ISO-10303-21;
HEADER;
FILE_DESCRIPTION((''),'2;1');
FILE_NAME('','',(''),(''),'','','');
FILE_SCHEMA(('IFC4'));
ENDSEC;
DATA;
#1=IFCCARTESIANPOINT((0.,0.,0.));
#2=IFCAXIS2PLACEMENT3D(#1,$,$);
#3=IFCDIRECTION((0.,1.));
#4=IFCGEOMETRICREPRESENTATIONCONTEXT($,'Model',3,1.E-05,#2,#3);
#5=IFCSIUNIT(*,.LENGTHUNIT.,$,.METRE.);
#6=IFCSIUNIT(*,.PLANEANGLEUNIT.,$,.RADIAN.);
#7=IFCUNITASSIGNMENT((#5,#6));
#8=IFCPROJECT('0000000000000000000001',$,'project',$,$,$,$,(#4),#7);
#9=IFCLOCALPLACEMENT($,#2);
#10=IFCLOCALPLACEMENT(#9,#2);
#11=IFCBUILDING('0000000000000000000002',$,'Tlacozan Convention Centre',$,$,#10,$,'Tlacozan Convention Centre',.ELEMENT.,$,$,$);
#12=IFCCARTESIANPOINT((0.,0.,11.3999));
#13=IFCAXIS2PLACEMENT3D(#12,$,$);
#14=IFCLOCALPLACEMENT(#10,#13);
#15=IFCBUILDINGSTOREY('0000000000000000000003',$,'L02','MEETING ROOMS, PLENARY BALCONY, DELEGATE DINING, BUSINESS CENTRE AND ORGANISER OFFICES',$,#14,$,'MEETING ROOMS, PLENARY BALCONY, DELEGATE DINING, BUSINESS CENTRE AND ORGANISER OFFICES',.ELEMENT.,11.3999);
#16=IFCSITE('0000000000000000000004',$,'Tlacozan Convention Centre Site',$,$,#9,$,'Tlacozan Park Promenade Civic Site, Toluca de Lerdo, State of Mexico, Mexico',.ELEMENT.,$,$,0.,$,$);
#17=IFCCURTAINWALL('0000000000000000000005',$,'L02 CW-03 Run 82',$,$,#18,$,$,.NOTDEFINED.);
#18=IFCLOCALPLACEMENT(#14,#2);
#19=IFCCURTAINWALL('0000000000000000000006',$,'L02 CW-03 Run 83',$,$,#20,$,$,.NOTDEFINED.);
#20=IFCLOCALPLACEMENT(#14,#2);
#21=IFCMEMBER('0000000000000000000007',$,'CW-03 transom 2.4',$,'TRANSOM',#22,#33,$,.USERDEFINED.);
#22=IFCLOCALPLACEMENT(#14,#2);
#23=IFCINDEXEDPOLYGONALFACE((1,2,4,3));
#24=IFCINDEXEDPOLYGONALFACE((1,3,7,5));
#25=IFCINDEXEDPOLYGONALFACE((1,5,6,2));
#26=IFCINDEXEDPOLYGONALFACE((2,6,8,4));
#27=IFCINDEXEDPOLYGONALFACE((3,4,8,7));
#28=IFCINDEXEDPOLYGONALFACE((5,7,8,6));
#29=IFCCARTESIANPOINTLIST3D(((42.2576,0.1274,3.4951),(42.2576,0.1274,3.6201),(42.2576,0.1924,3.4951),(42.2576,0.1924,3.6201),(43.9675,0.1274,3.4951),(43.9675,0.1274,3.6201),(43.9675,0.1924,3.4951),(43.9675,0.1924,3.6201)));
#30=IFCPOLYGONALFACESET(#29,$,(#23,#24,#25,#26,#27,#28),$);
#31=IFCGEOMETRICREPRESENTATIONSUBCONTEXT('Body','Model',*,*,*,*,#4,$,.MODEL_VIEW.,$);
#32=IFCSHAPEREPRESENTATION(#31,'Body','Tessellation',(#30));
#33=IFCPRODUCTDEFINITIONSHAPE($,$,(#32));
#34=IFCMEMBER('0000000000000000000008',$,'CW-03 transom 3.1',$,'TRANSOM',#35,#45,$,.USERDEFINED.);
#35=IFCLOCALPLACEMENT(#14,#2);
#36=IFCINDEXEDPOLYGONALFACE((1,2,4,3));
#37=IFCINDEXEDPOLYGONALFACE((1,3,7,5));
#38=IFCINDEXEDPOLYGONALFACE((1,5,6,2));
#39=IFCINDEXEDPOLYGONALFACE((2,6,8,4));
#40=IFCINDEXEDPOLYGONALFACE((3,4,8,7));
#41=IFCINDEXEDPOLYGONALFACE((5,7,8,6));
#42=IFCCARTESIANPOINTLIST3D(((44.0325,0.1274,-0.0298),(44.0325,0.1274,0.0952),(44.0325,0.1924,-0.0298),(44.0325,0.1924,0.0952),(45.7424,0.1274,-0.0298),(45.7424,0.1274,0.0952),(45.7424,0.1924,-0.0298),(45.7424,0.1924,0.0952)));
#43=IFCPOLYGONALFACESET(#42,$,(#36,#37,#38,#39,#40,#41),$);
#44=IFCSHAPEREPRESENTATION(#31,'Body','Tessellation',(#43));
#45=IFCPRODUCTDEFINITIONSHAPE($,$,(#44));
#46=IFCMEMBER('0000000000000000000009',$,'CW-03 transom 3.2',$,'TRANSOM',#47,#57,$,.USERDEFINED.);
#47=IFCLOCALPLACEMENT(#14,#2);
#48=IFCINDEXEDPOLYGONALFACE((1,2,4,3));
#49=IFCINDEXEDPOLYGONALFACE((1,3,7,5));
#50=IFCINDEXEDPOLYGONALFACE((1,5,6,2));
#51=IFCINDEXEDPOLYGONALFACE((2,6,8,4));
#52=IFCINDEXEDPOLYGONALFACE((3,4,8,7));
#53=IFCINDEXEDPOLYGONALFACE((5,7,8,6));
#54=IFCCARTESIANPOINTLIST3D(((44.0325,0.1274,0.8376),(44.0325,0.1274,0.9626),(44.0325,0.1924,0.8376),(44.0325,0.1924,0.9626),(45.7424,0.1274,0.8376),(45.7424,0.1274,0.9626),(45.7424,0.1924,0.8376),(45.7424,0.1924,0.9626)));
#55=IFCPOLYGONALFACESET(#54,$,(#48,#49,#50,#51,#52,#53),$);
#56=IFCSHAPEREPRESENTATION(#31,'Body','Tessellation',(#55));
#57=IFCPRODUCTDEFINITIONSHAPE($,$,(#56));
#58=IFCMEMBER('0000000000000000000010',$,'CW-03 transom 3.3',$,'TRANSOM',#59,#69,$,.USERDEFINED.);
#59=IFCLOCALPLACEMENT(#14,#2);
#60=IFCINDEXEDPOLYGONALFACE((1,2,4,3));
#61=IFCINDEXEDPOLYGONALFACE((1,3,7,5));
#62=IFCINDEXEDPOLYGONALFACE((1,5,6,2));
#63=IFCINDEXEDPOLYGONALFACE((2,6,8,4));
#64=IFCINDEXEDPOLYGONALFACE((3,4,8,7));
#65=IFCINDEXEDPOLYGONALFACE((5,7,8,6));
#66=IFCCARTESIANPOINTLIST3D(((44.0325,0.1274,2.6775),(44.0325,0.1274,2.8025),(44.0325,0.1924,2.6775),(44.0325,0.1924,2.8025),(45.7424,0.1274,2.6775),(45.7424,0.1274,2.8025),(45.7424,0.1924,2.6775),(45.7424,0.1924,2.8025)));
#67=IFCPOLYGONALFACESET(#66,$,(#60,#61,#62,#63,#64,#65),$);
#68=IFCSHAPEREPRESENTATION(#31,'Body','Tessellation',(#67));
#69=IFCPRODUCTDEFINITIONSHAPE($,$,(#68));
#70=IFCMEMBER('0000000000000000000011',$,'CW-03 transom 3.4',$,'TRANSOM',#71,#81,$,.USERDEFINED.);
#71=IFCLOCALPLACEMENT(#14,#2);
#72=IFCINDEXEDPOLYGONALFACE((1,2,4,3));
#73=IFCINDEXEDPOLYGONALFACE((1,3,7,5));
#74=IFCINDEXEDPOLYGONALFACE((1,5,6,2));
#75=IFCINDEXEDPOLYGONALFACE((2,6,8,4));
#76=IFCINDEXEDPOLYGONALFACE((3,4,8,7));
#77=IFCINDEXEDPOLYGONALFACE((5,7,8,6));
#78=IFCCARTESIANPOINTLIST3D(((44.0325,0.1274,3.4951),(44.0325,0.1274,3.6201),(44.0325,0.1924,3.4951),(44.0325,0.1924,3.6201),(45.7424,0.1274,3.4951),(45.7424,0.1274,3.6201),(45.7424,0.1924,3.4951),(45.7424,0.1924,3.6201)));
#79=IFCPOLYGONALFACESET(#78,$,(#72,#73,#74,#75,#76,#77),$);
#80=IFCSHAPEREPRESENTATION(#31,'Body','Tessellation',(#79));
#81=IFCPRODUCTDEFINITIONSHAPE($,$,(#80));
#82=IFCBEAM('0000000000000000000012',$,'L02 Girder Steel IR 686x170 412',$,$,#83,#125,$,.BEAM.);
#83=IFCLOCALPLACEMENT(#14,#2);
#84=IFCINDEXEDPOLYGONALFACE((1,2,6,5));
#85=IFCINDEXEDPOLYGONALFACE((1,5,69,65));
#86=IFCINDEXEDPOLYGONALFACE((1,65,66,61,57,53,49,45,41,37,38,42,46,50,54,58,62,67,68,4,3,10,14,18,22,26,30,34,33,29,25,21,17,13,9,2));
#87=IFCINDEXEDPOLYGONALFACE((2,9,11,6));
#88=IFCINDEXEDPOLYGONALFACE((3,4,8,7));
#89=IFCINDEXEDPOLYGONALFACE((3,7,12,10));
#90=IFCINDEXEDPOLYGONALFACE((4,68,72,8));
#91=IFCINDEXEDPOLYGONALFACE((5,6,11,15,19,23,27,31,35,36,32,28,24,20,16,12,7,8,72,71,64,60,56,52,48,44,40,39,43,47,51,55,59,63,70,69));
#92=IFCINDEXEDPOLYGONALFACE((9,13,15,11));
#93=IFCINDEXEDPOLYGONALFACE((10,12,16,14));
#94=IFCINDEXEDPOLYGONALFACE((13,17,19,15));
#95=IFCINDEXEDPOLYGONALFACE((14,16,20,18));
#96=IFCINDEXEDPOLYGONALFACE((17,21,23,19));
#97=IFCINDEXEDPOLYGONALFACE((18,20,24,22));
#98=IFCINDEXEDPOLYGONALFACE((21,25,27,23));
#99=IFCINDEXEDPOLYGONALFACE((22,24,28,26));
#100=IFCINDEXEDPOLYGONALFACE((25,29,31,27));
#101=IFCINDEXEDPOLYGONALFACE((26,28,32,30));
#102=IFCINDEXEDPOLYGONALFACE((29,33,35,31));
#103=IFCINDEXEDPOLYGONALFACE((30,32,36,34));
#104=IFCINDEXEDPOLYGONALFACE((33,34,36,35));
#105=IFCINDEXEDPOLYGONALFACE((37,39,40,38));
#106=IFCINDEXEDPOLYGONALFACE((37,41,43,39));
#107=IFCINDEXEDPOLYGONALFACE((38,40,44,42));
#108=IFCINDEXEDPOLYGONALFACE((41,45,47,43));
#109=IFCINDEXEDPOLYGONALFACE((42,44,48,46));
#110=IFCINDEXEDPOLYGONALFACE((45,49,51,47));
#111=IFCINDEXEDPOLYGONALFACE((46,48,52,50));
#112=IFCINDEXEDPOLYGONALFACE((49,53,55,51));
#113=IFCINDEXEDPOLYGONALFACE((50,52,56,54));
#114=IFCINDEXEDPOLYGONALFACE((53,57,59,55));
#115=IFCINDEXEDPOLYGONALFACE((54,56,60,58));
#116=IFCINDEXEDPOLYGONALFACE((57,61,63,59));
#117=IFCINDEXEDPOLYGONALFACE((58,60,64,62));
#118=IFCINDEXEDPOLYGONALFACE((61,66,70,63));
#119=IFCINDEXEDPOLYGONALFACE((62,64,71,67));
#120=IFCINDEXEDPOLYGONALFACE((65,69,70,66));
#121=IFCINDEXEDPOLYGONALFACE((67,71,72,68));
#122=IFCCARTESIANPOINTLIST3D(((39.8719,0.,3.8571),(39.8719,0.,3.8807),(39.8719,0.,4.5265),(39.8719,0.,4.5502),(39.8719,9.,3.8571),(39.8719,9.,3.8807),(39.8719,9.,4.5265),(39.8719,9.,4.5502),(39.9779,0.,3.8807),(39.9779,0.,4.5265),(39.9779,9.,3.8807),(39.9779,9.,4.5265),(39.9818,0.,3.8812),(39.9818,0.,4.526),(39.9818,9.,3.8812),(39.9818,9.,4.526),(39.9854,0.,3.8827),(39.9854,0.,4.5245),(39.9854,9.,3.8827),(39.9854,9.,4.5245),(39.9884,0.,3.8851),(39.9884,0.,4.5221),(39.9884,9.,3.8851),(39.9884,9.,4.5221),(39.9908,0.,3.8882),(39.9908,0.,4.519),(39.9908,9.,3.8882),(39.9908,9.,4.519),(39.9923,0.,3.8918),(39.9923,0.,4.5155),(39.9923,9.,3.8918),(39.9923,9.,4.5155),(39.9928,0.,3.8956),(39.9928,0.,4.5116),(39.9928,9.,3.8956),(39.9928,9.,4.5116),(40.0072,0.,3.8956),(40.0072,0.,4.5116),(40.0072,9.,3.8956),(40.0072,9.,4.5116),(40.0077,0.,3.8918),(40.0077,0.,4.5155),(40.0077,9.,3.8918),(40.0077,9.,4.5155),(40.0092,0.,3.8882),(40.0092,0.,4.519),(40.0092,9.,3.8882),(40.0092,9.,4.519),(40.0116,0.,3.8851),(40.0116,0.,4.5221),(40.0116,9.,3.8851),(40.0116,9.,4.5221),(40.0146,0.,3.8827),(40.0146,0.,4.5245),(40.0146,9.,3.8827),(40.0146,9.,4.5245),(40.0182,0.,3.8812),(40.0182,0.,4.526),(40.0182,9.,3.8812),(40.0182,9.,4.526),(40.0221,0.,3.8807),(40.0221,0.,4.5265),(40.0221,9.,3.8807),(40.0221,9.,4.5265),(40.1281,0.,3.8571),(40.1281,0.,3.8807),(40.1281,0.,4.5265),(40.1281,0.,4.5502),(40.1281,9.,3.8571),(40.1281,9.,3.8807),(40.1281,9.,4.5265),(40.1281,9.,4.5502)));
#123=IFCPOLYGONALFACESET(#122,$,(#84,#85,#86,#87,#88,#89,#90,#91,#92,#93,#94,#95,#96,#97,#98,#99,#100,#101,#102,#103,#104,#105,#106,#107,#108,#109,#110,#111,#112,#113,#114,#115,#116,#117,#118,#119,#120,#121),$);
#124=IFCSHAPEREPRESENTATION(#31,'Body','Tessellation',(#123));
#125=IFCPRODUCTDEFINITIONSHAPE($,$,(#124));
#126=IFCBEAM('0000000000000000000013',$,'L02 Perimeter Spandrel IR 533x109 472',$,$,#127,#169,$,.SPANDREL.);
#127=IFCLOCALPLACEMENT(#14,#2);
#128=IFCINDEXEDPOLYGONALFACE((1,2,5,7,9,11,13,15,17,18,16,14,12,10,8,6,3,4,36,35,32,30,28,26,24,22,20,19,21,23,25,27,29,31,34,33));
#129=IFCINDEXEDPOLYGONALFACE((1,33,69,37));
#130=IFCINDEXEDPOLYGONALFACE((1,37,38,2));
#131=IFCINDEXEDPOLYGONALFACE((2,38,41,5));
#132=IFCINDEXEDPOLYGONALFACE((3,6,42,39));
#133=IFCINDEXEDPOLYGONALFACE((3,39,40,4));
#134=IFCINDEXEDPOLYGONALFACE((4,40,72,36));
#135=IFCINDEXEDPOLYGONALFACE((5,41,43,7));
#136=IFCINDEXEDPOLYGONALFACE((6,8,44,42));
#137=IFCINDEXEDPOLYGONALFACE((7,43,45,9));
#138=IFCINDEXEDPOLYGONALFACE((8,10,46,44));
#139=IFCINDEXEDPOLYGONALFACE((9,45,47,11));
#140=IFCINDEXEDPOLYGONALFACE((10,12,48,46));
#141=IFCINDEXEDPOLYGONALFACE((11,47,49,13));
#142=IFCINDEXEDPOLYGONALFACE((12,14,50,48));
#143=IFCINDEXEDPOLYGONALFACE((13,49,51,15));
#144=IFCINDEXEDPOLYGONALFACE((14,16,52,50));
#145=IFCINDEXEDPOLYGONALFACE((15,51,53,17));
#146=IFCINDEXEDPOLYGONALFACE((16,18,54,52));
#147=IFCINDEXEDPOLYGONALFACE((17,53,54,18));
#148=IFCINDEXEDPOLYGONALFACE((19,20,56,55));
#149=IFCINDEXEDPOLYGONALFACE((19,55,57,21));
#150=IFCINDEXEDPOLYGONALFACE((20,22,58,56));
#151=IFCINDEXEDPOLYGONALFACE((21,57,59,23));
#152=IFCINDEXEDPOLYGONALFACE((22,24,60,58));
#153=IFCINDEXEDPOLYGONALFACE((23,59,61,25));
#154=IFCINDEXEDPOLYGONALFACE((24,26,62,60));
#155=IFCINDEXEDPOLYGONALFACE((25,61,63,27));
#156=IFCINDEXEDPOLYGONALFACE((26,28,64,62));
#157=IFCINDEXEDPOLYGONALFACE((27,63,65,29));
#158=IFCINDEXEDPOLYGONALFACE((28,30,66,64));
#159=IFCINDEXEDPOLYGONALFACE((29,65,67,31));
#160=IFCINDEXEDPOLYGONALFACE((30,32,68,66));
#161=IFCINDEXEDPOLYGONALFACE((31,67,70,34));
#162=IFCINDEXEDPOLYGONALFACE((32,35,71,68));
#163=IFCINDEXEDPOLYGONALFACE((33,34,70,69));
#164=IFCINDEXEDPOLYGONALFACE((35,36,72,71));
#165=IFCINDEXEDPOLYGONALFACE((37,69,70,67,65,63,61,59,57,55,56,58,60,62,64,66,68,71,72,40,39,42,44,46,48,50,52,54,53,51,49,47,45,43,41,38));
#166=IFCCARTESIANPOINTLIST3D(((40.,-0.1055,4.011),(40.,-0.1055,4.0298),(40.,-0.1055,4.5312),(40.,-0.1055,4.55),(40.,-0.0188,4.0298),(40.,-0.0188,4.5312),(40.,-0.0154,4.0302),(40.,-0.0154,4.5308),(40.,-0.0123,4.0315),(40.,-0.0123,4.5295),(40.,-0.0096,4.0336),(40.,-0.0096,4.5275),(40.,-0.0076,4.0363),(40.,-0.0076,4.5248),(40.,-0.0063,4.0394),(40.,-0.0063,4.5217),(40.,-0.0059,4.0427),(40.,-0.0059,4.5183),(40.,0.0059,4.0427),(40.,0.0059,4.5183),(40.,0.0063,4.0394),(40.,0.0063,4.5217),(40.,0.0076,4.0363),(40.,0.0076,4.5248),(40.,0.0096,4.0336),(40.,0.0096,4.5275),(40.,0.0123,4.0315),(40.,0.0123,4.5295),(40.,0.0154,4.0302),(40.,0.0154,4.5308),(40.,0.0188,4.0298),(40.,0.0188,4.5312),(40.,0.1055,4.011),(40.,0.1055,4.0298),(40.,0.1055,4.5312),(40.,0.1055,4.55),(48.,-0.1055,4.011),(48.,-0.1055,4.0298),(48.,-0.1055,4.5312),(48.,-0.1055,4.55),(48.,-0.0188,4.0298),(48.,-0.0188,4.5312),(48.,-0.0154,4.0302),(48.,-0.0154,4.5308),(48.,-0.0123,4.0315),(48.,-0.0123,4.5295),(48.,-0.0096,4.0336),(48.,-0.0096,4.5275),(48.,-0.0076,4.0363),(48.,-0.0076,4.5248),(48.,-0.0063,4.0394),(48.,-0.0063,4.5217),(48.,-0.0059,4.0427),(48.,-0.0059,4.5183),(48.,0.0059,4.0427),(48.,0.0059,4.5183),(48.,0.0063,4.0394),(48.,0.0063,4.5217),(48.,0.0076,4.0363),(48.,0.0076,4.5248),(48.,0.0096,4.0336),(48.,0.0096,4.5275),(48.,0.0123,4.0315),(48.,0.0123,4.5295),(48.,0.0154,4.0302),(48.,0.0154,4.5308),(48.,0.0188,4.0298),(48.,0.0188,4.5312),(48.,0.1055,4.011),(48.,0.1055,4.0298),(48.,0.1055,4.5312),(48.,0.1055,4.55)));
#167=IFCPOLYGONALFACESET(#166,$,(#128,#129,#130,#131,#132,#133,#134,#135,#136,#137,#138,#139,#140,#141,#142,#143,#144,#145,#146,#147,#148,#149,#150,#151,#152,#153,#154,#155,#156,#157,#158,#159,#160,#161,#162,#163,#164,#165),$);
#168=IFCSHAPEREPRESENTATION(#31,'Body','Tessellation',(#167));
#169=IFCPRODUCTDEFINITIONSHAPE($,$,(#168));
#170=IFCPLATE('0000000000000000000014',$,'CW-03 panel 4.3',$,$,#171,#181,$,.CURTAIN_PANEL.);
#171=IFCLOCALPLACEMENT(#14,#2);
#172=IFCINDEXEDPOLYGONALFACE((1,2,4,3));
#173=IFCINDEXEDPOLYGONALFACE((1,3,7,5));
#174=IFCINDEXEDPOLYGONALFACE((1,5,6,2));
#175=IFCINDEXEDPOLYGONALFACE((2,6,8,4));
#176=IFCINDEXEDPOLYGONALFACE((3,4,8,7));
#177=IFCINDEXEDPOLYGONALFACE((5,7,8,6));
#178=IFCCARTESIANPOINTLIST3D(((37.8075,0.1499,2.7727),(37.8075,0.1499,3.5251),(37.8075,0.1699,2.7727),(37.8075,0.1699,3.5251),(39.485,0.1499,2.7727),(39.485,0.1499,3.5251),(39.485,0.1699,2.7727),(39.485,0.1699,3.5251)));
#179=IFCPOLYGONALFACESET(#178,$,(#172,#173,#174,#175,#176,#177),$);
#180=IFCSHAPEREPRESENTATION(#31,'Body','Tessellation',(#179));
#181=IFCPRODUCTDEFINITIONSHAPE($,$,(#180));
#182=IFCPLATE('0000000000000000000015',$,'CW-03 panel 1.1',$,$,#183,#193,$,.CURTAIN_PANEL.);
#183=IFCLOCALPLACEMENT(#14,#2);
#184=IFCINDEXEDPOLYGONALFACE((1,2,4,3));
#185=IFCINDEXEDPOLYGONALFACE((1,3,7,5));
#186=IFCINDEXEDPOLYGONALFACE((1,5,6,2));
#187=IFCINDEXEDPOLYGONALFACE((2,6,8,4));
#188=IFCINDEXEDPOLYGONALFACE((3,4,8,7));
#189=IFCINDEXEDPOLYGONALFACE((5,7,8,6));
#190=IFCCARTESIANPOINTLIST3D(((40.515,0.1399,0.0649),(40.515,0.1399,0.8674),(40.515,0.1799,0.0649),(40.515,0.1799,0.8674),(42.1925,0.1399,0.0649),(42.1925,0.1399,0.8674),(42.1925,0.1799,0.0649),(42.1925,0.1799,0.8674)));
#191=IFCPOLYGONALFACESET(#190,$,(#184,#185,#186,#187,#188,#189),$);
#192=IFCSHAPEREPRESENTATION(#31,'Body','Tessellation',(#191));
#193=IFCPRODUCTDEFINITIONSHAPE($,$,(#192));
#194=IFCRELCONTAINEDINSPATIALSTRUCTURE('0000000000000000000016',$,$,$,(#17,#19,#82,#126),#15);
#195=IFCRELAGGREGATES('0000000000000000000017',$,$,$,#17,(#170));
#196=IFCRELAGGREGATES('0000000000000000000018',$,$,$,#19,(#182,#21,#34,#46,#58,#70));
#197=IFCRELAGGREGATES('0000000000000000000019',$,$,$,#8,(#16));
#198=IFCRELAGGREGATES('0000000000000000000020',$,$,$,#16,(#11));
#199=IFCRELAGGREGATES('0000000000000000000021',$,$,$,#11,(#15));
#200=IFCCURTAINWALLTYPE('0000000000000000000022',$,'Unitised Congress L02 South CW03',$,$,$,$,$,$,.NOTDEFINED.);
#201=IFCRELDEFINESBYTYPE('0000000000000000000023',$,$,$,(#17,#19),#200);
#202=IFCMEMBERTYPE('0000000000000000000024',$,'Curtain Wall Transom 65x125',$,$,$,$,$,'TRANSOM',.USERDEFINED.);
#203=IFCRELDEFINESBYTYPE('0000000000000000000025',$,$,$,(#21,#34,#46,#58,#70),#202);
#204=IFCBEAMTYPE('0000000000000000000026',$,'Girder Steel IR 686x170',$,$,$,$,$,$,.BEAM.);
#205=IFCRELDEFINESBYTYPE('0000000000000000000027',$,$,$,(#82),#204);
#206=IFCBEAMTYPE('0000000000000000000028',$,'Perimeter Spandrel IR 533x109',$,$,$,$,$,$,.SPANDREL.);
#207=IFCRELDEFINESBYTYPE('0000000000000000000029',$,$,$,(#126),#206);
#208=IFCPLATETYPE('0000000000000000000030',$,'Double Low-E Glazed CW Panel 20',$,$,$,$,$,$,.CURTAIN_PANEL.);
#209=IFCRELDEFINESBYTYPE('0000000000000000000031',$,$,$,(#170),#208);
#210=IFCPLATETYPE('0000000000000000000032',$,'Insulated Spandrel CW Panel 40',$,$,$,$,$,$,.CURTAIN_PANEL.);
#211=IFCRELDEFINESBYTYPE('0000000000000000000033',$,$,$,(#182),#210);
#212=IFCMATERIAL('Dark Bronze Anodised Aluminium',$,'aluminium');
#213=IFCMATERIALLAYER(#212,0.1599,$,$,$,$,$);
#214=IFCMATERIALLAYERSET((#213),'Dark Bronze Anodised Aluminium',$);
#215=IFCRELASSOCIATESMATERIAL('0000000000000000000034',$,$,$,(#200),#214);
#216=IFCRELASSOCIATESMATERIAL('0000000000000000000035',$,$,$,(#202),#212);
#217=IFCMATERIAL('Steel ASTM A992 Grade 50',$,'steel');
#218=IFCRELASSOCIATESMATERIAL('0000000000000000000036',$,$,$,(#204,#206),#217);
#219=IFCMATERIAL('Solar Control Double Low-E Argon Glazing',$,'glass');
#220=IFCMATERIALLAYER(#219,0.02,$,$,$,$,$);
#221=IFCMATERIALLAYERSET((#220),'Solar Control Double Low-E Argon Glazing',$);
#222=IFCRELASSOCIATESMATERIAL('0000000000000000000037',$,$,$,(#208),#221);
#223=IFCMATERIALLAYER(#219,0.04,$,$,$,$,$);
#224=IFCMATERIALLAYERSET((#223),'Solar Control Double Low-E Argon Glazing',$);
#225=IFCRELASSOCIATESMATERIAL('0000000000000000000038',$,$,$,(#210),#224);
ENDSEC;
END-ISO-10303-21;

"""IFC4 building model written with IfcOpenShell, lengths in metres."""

from ifc_helpers import new_model, si_unit, direction, frame, origin, origin_2d, place, context, subcontext, project, spatial, rectangle, i_section, extrude, material, layer, layer_set, material_profile, profile_set, type_object, element, aggregate, save


model = new_model("IFC4")

# Units and contexts
model_context = context("Model", 3, precision=1e-05, world=origin(), true_north=direction((0.0, 1.0)))
body_context = subcontext(model_context, "Body", "Model", "MODEL_VIEW")
ifc_project = project(units=[si_unit("LENGTHUNIT", "METRE"), si_unit("PLANEANGLEUNIT", "RADIAN")], contexts=[model_context])

# Site, building, storey
site_placement = place(None, origin())
site = spatial("IfcSite", under=ifc_project, at=site_placement, Name="Tlacozan Convention Centre Site", LongName="Tlacozan Park Promenade Civic Site, Toluca de Lerdo, State of Mexico, Mexico", CompositionType="ELEMENT", RefElevation=0.0)
building_placement = place(site_placement, origin())
building = spatial("IfcBuilding", under=site, at=building_placement, Name="Tlacozan Convention Centre", LongName="Tlacozan Convention Centre", CompositionType="ELEMENT")
storey_placement = place(building_placement, frame((0.0, 0.0, 11.3999)))
storey = spatial("IfcBuildingStorey", under=building, at=storey_placement, Name="L02", Description="MEETING ROOMS, PLENARY BALCONY, DELEGATE DINING, BUSINESS CENTRE AND ORGANISER OFFICES", LongName="MEETING ROOMS, PLENARY BALCONY, DELEGATE DINING, BUSINESS CENTRE AND ORGANISER OFFICES", CompositionType="ELEMENT", Elevation=11.3999)

# Curtain wall
ifc_material_1 = material(Name="Dark Bronze Anodised Aluminium", Category="aluminium")
ifc_layer_1 = layer(ifc_material_1, 0.1599)
ifc_layer_set_1 = layer_set([ifc_layer_1], Name="Dark Bronze Anodised Aluminium")
curtain_wall_type = type_object("IfcCurtainWallType", Name="Unitised Congress L02 South CW03", PredefinedType="NOTDEFINED", material=ifc_layer_set_1)
curtain_wall_1_placement = place(storey_placement, origin())
curtain_wall_1 = element("IfcCurtainWall", 1, at=curtain_wall_1_placement, inside=storey, type_object=curtain_wall_type, Name="L02 CW-03 Run 82", PredefinedType="NOTDEFINED")

# Curtain wall, members
curtain_wall_2_placement = place(storey_placement, origin())
curtain_wall_2 = element("IfcCurtainWall", 2, at=curtain_wall_2_placement, inside=storey, type_object=curtain_wall_type, Name="L02 CW-03 Run 83", PredefinedType="NOTDEFINED")
ifc_material_profile_1 = material_profile(ifc_material_1, rectangle(XDim=0.0649, YDim=0.125, at=origin_2d()), Name="ALU 65x125")
ifc_profile_set_1 = profile_set([ifc_material_profile_1], Name="Dark Bronze Anodised Aluminium")
member_type_1 = type_object("IfcMemberType", Name="Curtain Wall Transom 65x125", ElementType="TRANSOM", PredefinedType="USERDEFINED", material=ifc_profile_set_1)
member_1_placement = place(storey_placement, frame((42.2576, 0.1599, 3.5576), z_axis=(1.0, 0.0, 0.0), x_axis=(0.0, 1.0, 0.0)))
member_1 = element("IfcMember", 3, at=member_1_placement, type_object=member_type_1, Name="CW-03 transom 2.4", ObjectType="TRANSOM", PredefinedType="USERDEFINED", context=body_context, shape_type="SweptSolid", body=[
    extrude(rectangle(XDim=0.0649, YDim=0.125, at=origin_2d()), origin(), (0.0, 0.0, 1.0), 1.71),
])
member_2_placement = place(storey_placement, frame((44.0325, 0.1599, 0.0327), z_axis=(1.0, 0.0, 0.0), x_axis=(0.0, 1.0, 0.0)))
member_2 = element("IfcMember", 4, at=member_2_placement, type_object=member_type_1, Name="CW-03 transom 3.1", ObjectType="TRANSOM", PredefinedType="USERDEFINED", context=body_context, shape_type="SweptSolid", body=[
    extrude(rectangle(XDim=0.0649, YDim=0.125, at=origin_2d()), origin(), (0.0, 0.0, 1.0), 1.71),
])
member_3_placement = place(storey_placement, frame((44.0325, 0.1599, 0.9001), z_axis=(1.0, 0.0, 0.0), x_axis=(0.0, 1.0, 0.0)))
member_3 = element("IfcMember", 5, at=member_3_placement, type_object=member_type_1, Name="CW-03 transom 3.2", ObjectType="TRANSOM", PredefinedType="USERDEFINED", context=body_context, shape_type="SweptSolid", body=[
    extrude(rectangle(XDim=0.0649, YDim=0.125, at=origin_2d()), origin(), (0.0, 0.0, 1.0), 1.71),
])
member_4_placement = place(storey_placement, frame((44.0325, 0.1599, 2.74), z_axis=(1.0, 0.0, 0.0), x_axis=(0.0, 1.0, 0.0)))
member_4 = element("IfcMember", 6, at=member_4_placement, type_object=member_type_1, Name="CW-03 transom 3.3", ObjectType="TRANSOM", PredefinedType="USERDEFINED", context=body_context, shape_type="SweptSolid", body=[
    extrude(rectangle(XDim=0.0649, YDim=0.125, at=origin_2d()), origin(), (0.0, 0.0, 1.0), 1.71),
])
member_5_placement = place(storey_placement, frame((44.0325, 0.1599, 3.5576), z_axis=(1.0, 0.0, 0.0), x_axis=(0.0, 1.0, 0.0)))
member_5 = element("IfcMember", 7, at=member_5_placement, type_object=member_type_1, Name="CW-03 transom 3.4", ObjectType="TRANSOM", PredefinedType="USERDEFINED", context=body_context, shape_type="SweptSolid", body=[
    extrude(rectangle(XDim=0.0649, YDim=0.125, at=origin_2d()), origin(), (0.0, 0.0, 1.0), 1.71),
])

# Beams
ifc_material_2 = material(Name="Steel ASTM A992 Grade 50", Category="steel")
ifc_material_profile_2 = material_profile(ifc_material_2, i_section(OverallWidth=0.2561, OverallDepth=0.6931, WebThickness=0.0144, FlangeThickness=0.0237, FilletRadius=0.0149, at=origin_2d()), Name="IR 686x170.0")
ifc_profile_set_2 = profile_set([ifc_material_profile_2], Name="Steel ASTM A992 Grade 50")
beam_type_1 = type_object("IfcBeamType", Name="Girder Steel IR 686x170", PredefinedType="BEAM", material=ifc_profile_set_2)
beam_1_placement = place(storey_placement, frame((40.0, 0.0, 4.2036), z_axis=(0.0, 1.0, 0.0), x_axis=(-1.0, 0.0, 0.0)))
element("IfcBeam", 8, at=beam_1_placement, inside=storey, type_object=beam_type_1, Name="L02 Girder Steel IR 686x170 412", PredefinedType="BEAM", context=body_context, shape_type="SweptSolid", body=[
    extrude(i_section(OverallWidth=0.2561, OverallDepth=0.6931, WebThickness=0.0144, FlangeThickness=0.0237, FilletRadius=0.0149, at=origin_2d()), origin(), (0.0, 0.0, 1.0), 9.0),
])
ifc_material_profile_3 = material_profile(ifc_material_2, i_section(OverallWidth=0.2109, OverallDepth=0.5391, WebThickness=0.0117, FlangeThickness=0.0188, FilletRadius=0.0129, at=origin_2d()), Name="IR 533x109.0")
ifc_profile_set_3 = profile_set([ifc_material_profile_3], Name="Steel ASTM A992 Grade 50")
beam_type_2 = type_object("IfcBeamType", Name="Perimeter Spandrel IR 533x109", PredefinedType="SPANDREL", material=ifc_profile_set_3)
beam_2_placement = place(storey_placement, frame((40.0, 0.0, 4.2805), z_axis=(1.0, 0.0, 0.0), x_axis=(0.0, 1.0, 0.0)))
element("IfcBeam", 9, at=beam_2_placement, inside=storey, type_object=beam_type_2, Name="L02 Perimeter Spandrel IR 533x109 472", PredefinedType="SPANDREL", context=body_context, shape_type="SweptSolid", body=[
    extrude(i_section(OverallWidth=0.2109, OverallDepth=0.5391, WebThickness=0.0117, FlangeThickness=0.0188, FilletRadius=0.0129, at=origin_2d()), origin(), (0.0, 0.0, 1.0), 8.0),
])

# Plates
ifc_material_3 = material(Name="Solar Control Double Low-E Argon Glazing", Category="glass")
ifc_layer_2 = layer(ifc_material_3, 0.02)
ifc_layer_set_2 = layer_set([ifc_layer_2], Name="Solar Control Double Low-E Argon Glazing")
plate_type_1 = type_object("IfcPlateType", Name="Double Low-E Glazed CW Panel 20", PredefinedType="CURTAIN_PANEL", material=ifc_layer_set_2)
plate_1_placement = place(storey_placement, frame((38.6462, 0.1599, 2.7727), z_axis=(0.0, 0.0, 1.0), x_axis=(1.0, 0.0, 0.0)))
plate_1 = element("IfcPlate", 10, at=plate_1_placement, type_object=plate_type_1, Name="CW-03 panel 4.3", PredefinedType="CURTAIN_PANEL", context=body_context, shape_type="SweptSolid", body=[
    extrude(rectangle(XDim=1.6775, YDim=0.02, at=origin_2d()), origin(), (0.0, 0.0, 1.0), 0.7524),
])
aggregate(curtain_wall_1, [plate_1])
ifc_layer_3 = layer(ifc_material_3, 0.04)
ifc_layer_set_3 = layer_set([ifc_layer_3], Name="Solar Control Double Low-E Argon Glazing")
plate_type_2 = type_object("IfcPlateType", Name="Insulated Spandrel CW Panel 40", PredefinedType="CURTAIN_PANEL", material=ifc_layer_set_3)
plate_2_placement = place(storey_placement, frame((41.3538, 0.1599, 0.0649), z_axis=(0.0, 0.0, 1.0), x_axis=(1.0, 0.0, 0.0)))
plate_2 = element("IfcPlate", 11, at=plate_2_placement, type_object=plate_type_2, Name="CW-03 panel 1.1", PredefinedType="CURTAIN_PANEL", context=body_context, shape_type="SweptSolid", body=[
    extrude(rectangle(XDim=1.6775, YDim=0.04, at=origin_2d()), origin(), (0.0, 0.0, 1.0), 0.8025),
])
aggregate(curtain_wall_2, [plate_2, member_1, member_2, member_3, member_4, member_5])

save(model, "model.ifc")
